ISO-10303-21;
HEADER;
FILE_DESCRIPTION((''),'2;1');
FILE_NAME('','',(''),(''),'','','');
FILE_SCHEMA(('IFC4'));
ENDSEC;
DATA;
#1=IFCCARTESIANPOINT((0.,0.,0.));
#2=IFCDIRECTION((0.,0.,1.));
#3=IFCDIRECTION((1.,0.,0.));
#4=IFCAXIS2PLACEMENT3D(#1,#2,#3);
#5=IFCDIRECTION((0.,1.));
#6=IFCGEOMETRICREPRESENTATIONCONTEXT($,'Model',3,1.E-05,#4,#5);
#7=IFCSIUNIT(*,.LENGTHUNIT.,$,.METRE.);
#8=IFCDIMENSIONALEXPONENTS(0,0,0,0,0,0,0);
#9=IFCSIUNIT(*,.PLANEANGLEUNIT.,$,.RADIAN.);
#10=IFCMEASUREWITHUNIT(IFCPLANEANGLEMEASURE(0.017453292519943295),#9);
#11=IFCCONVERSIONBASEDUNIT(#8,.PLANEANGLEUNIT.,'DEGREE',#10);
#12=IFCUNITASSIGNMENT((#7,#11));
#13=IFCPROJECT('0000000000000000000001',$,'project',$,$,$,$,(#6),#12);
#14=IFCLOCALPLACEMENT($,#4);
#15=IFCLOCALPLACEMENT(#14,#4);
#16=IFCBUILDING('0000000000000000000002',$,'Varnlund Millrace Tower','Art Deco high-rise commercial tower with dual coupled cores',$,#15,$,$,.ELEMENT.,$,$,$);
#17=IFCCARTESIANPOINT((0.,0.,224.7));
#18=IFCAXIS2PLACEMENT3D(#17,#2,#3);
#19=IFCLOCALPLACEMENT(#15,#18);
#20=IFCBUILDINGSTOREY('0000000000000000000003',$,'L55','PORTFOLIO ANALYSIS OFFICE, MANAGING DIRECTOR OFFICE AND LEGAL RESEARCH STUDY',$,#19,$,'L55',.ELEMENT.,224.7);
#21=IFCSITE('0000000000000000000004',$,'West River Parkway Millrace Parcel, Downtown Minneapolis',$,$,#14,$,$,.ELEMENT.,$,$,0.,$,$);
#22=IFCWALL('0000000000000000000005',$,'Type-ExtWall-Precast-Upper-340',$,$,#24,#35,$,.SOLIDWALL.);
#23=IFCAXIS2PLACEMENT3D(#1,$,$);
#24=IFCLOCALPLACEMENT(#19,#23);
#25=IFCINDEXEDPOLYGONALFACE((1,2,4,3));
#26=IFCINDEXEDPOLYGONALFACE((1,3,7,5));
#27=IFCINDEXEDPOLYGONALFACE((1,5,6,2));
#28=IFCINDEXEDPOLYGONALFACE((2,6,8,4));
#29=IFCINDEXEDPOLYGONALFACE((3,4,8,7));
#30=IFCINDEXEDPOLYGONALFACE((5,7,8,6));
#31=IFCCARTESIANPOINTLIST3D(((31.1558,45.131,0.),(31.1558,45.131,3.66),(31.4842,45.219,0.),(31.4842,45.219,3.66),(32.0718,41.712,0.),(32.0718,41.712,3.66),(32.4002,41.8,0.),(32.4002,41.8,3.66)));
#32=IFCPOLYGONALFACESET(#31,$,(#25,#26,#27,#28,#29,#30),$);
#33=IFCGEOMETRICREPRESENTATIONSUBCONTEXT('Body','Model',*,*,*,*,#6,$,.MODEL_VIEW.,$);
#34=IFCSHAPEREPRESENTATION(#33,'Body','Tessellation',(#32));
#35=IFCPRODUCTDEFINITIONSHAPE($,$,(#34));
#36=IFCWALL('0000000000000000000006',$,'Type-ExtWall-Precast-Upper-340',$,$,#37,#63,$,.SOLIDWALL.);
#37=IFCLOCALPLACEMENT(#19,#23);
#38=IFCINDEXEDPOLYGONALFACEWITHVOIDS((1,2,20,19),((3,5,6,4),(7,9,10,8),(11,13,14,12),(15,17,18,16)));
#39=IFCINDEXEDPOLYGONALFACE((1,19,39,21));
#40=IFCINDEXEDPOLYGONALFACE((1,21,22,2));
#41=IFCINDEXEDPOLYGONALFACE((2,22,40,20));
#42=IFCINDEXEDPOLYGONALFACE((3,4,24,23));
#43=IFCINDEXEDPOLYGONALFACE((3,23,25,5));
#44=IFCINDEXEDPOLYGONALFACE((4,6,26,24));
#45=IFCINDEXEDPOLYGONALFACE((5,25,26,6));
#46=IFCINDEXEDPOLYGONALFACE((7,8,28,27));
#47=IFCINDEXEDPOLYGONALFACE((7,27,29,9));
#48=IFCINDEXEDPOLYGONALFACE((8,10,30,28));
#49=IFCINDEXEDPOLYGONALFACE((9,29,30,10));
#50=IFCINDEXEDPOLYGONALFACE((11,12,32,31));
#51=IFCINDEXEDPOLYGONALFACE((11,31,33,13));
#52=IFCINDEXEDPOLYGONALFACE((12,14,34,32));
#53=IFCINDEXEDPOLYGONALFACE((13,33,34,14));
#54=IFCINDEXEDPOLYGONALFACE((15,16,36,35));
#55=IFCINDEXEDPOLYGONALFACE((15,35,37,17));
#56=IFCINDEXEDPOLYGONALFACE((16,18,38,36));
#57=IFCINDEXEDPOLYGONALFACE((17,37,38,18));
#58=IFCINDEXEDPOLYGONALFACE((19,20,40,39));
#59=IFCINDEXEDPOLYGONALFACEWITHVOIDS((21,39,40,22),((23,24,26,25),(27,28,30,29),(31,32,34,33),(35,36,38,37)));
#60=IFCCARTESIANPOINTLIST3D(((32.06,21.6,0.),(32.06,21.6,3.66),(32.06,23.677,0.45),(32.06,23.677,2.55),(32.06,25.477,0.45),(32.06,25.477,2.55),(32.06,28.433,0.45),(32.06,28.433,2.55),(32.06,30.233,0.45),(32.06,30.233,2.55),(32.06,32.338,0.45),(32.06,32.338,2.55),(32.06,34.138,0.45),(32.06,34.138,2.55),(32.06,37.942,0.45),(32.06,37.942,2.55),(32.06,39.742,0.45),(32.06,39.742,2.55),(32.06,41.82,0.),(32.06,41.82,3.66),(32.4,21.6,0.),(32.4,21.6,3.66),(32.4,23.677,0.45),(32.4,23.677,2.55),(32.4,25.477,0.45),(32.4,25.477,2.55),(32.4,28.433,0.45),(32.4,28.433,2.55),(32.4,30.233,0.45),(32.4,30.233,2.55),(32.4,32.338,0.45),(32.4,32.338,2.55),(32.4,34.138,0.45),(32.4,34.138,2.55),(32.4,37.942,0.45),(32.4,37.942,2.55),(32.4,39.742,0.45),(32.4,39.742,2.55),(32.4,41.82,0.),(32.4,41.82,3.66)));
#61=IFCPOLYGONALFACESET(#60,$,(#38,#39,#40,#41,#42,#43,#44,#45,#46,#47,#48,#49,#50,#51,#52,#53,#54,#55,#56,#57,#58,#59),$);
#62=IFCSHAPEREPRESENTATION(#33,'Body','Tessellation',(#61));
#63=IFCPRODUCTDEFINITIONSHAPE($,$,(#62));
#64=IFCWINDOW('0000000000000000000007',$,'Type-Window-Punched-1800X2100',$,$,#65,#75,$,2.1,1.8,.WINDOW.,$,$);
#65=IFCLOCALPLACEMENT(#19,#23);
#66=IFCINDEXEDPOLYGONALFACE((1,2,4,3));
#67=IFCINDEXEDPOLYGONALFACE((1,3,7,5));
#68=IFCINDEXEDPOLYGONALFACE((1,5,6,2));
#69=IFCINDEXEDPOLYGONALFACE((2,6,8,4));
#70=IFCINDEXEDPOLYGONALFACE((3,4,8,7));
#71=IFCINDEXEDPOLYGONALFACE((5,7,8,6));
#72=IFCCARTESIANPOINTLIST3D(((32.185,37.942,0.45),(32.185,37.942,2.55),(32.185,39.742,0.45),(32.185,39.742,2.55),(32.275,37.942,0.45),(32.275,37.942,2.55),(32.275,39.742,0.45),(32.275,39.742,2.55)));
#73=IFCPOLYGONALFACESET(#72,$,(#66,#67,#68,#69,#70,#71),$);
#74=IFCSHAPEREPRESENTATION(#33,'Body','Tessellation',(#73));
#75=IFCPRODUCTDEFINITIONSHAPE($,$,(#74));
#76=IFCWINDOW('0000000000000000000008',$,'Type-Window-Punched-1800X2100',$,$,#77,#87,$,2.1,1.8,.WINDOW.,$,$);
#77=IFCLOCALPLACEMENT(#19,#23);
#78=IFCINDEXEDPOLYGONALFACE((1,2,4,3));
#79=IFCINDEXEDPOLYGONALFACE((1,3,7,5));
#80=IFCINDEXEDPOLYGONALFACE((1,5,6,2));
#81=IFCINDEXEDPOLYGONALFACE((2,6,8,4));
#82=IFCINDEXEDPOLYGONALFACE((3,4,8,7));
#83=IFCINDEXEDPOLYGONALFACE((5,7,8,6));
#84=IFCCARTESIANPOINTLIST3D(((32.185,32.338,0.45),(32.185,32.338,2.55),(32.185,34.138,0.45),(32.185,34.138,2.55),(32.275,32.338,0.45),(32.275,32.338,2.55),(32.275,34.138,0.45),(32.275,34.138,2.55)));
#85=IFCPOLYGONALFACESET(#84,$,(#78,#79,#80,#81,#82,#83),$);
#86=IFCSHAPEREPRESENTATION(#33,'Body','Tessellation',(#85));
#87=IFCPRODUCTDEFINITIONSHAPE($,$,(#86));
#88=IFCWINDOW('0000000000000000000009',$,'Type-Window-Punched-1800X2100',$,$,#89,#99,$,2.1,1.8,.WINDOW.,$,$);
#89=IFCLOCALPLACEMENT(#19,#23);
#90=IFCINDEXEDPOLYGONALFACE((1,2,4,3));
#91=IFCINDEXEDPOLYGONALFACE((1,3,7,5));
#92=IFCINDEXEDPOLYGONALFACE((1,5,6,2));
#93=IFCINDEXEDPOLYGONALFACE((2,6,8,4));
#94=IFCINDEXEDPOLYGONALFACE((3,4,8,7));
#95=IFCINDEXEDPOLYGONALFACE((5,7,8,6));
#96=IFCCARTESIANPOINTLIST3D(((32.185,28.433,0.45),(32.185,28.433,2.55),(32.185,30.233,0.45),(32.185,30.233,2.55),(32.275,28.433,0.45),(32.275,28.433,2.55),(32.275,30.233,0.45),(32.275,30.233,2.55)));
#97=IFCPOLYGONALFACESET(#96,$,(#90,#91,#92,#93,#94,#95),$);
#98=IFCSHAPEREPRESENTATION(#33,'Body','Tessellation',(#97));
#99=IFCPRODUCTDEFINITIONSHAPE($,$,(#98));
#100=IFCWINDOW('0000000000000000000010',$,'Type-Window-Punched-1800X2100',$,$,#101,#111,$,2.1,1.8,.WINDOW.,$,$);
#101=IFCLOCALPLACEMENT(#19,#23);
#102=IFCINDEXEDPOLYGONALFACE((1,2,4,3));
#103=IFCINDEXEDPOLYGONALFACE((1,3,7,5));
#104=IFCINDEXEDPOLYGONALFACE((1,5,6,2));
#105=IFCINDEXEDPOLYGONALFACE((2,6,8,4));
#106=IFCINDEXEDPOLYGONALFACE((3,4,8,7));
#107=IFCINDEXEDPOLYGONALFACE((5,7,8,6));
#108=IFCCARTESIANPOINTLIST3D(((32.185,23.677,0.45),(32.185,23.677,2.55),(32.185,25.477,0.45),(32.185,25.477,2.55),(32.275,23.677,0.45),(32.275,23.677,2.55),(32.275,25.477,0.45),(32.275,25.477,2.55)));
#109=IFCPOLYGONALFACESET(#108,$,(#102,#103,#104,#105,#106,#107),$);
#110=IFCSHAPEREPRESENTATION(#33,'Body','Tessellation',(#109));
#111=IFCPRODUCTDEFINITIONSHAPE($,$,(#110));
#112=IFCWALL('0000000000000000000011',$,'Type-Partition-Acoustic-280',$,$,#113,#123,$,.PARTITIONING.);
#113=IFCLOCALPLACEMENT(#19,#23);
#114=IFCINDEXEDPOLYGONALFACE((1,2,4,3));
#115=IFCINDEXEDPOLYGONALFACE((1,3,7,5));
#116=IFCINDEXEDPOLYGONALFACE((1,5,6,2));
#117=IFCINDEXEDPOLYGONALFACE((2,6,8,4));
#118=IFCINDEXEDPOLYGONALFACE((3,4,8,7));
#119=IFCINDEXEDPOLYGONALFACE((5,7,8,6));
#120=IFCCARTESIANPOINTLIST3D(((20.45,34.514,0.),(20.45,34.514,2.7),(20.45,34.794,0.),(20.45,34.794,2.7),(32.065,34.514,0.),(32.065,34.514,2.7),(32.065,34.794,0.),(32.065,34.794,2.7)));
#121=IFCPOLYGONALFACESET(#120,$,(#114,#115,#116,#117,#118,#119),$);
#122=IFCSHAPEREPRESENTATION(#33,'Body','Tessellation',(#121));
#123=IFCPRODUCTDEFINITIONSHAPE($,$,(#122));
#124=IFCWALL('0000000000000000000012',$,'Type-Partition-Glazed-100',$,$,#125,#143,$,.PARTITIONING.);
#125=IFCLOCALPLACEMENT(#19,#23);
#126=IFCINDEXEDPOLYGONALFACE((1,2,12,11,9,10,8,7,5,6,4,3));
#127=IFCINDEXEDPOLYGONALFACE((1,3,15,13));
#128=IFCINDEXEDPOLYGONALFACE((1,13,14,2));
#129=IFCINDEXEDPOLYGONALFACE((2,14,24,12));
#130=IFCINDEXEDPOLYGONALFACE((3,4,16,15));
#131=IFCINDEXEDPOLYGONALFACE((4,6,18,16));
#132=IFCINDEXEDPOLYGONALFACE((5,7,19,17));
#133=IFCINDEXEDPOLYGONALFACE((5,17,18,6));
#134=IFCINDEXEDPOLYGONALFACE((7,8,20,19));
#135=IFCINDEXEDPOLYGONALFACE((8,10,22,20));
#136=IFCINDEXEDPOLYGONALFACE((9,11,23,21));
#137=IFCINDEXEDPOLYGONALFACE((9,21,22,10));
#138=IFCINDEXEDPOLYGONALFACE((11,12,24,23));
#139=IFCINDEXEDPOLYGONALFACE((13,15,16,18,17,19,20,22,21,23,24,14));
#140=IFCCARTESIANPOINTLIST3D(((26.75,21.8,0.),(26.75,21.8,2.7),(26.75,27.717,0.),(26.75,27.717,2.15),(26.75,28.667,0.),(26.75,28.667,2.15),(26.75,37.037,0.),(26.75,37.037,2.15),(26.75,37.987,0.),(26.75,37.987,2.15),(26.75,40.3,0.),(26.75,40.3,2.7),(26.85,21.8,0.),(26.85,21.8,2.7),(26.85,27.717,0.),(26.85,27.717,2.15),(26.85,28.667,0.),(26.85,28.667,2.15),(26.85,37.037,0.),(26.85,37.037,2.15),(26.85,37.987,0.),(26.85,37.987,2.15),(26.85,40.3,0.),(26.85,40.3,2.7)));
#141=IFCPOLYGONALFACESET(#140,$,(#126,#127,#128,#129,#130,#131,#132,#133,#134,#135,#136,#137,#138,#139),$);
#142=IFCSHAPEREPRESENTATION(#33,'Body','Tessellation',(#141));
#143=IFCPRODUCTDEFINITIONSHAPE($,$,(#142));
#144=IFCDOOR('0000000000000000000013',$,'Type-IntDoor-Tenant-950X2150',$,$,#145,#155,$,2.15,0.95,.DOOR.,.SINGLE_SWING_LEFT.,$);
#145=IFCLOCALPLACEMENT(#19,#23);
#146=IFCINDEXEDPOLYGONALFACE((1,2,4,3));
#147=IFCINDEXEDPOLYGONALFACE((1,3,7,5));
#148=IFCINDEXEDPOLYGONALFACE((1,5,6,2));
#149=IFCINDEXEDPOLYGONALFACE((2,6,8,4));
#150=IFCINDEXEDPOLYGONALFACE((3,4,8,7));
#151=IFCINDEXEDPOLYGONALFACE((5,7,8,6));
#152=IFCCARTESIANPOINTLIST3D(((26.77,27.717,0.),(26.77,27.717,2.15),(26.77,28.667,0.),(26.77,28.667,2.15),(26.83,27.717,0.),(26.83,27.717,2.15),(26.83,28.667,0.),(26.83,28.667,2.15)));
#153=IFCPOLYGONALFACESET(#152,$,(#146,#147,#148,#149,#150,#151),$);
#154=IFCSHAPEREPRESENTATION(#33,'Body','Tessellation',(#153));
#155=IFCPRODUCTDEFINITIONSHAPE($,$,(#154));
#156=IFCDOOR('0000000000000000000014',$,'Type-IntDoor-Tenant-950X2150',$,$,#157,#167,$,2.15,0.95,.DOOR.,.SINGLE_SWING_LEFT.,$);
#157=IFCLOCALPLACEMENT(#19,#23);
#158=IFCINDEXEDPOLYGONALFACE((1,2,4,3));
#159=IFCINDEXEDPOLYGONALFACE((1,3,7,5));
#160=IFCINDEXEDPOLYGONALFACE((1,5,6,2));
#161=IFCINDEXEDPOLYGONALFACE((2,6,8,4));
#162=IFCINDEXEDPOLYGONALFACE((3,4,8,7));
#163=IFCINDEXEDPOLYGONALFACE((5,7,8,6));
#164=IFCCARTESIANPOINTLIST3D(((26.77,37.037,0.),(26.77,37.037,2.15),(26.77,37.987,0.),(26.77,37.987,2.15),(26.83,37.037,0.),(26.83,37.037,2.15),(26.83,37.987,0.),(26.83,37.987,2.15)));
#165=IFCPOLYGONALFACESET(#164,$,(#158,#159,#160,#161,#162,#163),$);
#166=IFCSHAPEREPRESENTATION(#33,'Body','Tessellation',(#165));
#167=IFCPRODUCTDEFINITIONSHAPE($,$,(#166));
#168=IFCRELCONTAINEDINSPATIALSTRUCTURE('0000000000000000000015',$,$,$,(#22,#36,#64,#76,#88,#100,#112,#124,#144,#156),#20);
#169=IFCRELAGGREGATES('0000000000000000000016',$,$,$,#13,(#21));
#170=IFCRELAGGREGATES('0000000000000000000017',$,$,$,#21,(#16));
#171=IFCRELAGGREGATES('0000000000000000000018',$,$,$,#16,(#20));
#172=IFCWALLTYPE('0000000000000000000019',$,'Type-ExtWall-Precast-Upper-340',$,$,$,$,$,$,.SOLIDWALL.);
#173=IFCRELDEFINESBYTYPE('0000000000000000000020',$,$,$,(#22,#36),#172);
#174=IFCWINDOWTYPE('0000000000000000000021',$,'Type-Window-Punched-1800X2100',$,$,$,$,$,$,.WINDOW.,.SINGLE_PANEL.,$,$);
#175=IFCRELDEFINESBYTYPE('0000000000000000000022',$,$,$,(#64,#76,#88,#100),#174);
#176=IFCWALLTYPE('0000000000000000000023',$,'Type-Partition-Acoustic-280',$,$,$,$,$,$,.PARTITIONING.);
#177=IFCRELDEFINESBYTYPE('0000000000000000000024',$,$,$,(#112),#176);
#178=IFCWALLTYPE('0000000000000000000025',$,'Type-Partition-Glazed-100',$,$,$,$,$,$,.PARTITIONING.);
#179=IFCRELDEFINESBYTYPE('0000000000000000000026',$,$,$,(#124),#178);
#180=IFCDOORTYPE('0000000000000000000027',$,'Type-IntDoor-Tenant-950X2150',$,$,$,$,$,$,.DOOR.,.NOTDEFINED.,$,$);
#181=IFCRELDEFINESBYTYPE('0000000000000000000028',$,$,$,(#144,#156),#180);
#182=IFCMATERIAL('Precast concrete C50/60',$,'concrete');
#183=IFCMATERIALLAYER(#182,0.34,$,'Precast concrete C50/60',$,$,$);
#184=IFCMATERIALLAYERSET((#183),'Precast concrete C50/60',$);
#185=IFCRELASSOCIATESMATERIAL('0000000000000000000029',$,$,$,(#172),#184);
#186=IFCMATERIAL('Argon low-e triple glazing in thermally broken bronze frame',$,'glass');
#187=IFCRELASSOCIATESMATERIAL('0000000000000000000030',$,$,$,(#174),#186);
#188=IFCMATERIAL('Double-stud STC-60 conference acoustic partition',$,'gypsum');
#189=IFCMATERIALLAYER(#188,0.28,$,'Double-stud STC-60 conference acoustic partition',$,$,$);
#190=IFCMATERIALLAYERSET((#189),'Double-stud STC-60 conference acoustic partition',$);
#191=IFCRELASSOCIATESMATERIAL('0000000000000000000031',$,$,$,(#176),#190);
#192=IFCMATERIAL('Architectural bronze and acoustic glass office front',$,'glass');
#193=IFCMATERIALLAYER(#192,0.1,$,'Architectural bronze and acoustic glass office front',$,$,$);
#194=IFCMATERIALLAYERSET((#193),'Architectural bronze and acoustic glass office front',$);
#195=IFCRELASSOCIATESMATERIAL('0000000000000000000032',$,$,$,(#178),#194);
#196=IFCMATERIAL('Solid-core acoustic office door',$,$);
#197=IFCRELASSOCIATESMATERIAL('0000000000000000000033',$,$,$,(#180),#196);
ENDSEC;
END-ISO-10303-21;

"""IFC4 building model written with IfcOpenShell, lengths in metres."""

from ifc_helpers import new_model, entity, si_unit, converted_unit, direction, frame, origin_with_axes, origin_2d_with_axis, place, context, subcontext, project, spatial, polyline, rectangle, outline, extrude, material, layer, layer_set, type_object, element, fill, save


model = new_model("IFC4")

# Units and contexts
model_context = context("Model", 3, precision=1e-05, world=origin_with_axes(), true_north=direction((0.0, 1.0)))
body_context = subcontext(model_context, "Body", "Model", "MODEL_VIEW")
ifc_project = project(units=[si_unit("LENGTHUNIT", "METRE"), converted_unit("PLANEANGLEUNIT", "DEGREE", entity("IfcPlaneAngleMeasure", 0.017453292519943295), si_unit("PLANEANGLEUNIT", "RADIAN"), dimensions=[0, 0, 0, 0, 0, 0, 0])], contexts=[model_context])

# Site, building, storey
site_placement = place(None, origin_with_axes())
site = spatial("IfcSite", under=ifc_project, at=site_placement, Name="West River Parkway Millrace Parcel, Downtown Minneapolis", CompositionType="ELEMENT", RefElevation=0.0)
building_placement = place(site_placement, origin_with_axes())
building = spatial("IfcBuilding", under=site, at=building_placement, Name="Varnlund Millrace Tower", Description="Art Deco high-rise commercial tower with dual coupled cores", CompositionType="ELEMENT")
storey_placement = place(building_placement, frame((0.0, 0.0, 224.7), z_axis=(0.0, 0.0, 1.0), x_axis=(1.0, 0.0, 0.0)))
storey = spatial("IfcBuildingStorey", under=building, at=storey_placement, Name="L55", Description="PORTFOLIO ANALYSIS OFFICE, MANAGING DIRECTOR OFFICE AND LEGAL RESEARCH STUDY", LongName="L55", CompositionType="ELEMENT", Elevation=224.7)

# Shared definitions
ifc_material_1 = material(Name="Precast concrete C50/60", Category="concrete")
ifc_layer_1 = layer(ifc_material_1, 0.34, Name="Precast concrete C50/60")
ifc_layer_set_1 = layer_set([ifc_layer_1], Name="Precast concrete C50/60")
wall_type_1 = type_object("IfcWallType", Name="Type-ExtWall-Precast-Upper-340", PredefinedType="SOLIDWALL", material=ifc_layer_set_1)
ifc_material_2 = material(Name="Argon low-e triple glazing in thermally broken bronze frame", Category="glass")
window_type = type_object("IfcWindowType", Name="Type-Window-Punched-1800X2100", PartitioningType="SINGLE_PANEL", PredefinedType="WINDOW", material=ifc_material_2)

# Wall
wall_1_placement = place(storey_placement, frame((31.32, 45.175, 0.0), z_axis=(0.0, 0.0, 1.0), x_axis=(0.258788, -0.965934, 0.0)))
element("IfcWall", 1, at=wall_1_placement, inside=storey, type_object=wall_type_1, Name="Type-ExtWall-Precast-Upper-340", PredefinedType="SOLIDWALL", context=body_context, shape_type="SweptSolid", body=[
    extrude(outline(polyline([(0.0, -0.17), (3.5396, -0.17), (3.5396, 0.17), (0.0, 0.17), (0.0, -0.17)])), origin_with_axes(), (0.0, 0.0, 1.0), 3.66),
])

# Wall, openings, windows
wall_2_placement = place(storey_placement, frame((32.23, 41.82, 0.0), z_axis=(0.0, 0.0, 1.0), x_axis=(0.0, -1.0, 0.0)))
wall_2 = element("IfcWall", 2, at=wall_2_placement, inside=storey, type_object=wall_type_1, Name="Type-ExtWall-Precast-Upper-340", PredefinedType="SOLIDWALL", context=body_context, shape_type="SweptSolid", body=[
    extrude(outline(polyline([(0.0, -0.17), (20.22, -0.17), (20.22, 0.17), (0.0, 0.17), (0.0, -0.17)])), origin_with_axes(), (0.0, 0.0, 1.0), 3.66),
])
opening_1_placement = place(wall_2_placement, frame((2.978, 0.0, 0.45), z_axis=(0.0, 0.0, 1.0), x_axis=(1.0, 0.0, 0.0)))
opening_1 = element("IfcOpeningElement", 3, at=opening_1_placement, cuts=wall_2, PredefinedType="OPENING", context=body_context, shape_type="SweptSolid", body=[
    extrude(rectangle(XDim=1.8, YDim=0.36, at=origin_2d_with_axis()), origin_with_axes(), (0.0, 0.0, 1.0), 2.1),
])
opening_2_placement = place(wall_2_placement, frame((8.582, 0.0, 0.45), z_axis=(0.0, 0.0, 1.0), x_axis=(1.0, 0.0, 0.0)))
opening_2 = element("IfcOpeningElement", 4, at=opening_2_placement, cuts=wall_2, PredefinedType="OPENING", context=body_context, shape_type="SweptSolid", body=[
    extrude(rectangle(XDim=1.8, YDim=0.36, at=origin_2d_with_axis()), origin_with_axes(), (0.0, 0.0, 1.0), 2.1),
])
opening_3_placement = place(wall_2_placement, frame((12.487, 0.0, 0.45), z_axis=(0.0, 0.0, 1.0), x_axis=(1.0, 0.0, 0.0)))
opening_3 = element("IfcOpeningElement", 5, at=opening_3_placement, cuts=wall_2, PredefinedType="OPENING", context=body_context, shape_type="SweptSolid", body=[
    extrude(rectangle(XDim=1.8, YDim=0.36, at=origin_2d_with_axis()), origin_with_axes(), (0.0, 0.0, 1.0), 2.1),
])
opening_4_placement = place(wall_2_placement, frame((17.243, 0.0, 0.45), z_axis=(0.0, 0.0, 1.0), x_axis=(1.0, 0.0, 0.0)))
opening_4 = element("IfcOpeningElement", 6, at=opening_4_placement, cuts=wall_2, PredefinedType="OPENING", context=body_context, shape_type="SweptSolid", body=[
    extrude(rectangle(XDim=1.8, YDim=0.36, at=origin_2d_with_axis()), origin_with_axes(), (0.0, 0.0, 1.0), 2.1),
])
window_1_placement = place(wall_2_placement, frame((2.978, 0.0, 0.45), z_axis=(0.0, 0.0, 1.0), x_axis=(1.0, 0.0, 0.0)))
window_1 = element("IfcWindow", 7, at=window_1_placement, inside=storey, type_object=window_type, Name="Type-Window-Punched-1800X2100", OverallHeight=2.1, OverallWidth=1.8, PredefinedType="WINDOW", context=body_context, shape_type="SweptSolid", body=[
    extrude(rectangle(XDim=1.8, YDim=0.09, at=origin_2d_with_axis()), origin_with_axes(), (0.0, 0.0, 1.0), 2.1),
])
fill(opening_1, window_1)
window_2_placement = place(wall_2_placement, frame((8.582, 0.0, 0.45), z_axis=(0.0, 0.0, 1.0), x_axis=(1.0, 0.0, 0.0)))
window_2 = element("IfcWindow", 8, at=window_2_placement, inside=storey, type_object=window_type, Name="Type-Window-Punched-1800X2100", OverallHeight=2.1, OverallWidth=1.8, PredefinedType="WINDOW", context=body_context, shape_type="SweptSolid", body=[
    extrude(rectangle(XDim=1.8, YDim=0.09, at=origin_2d_with_axis()), origin_with_axes(), (0.0, 0.0, 1.0), 2.1),
])
fill(opening_2, window_2)
window_3_placement = place(wall_2_placement, frame((12.487, 0.0, 0.45), z_axis=(0.0, 0.0, 1.0), x_axis=(1.0, 0.0, 0.0)))
window_3 = element("IfcWindow", 9, at=window_3_placement, inside=storey, type_object=window_type, Name="Type-Window-Punched-1800X2100", OverallHeight=2.1, OverallWidth=1.8, PredefinedType="WINDOW", context=body_context, shape_type="SweptSolid", body=[
    extrude(rectangle(XDim=1.8, YDim=0.09, at=origin_2d_with_axis()), origin_with_axes(), (0.0, 0.0, 1.0), 2.1),
])
fill(opening_3, window_3)
window_4_placement = place(wall_2_placement, frame((17.243, 0.0, 0.45), z_axis=(0.0, 0.0, 1.0), x_axis=(1.0, 0.0, 0.0)))
window_4 = element("IfcWindow", 10, at=window_4_placement, inside=storey, type_object=window_type, Name="Type-Window-Punched-1800X2100", OverallHeight=2.1, OverallWidth=1.8, PredefinedType="WINDOW", context=body_context, shape_type="SweptSolid", body=[
    extrude(rectangle(XDim=1.8, YDim=0.09, at=origin_2d_with_axis()), origin_with_axes(), (0.0, 0.0, 1.0), 2.1),
])
fill(opening_4, window_4)

# Wall
ifc_material_3 = material(Name="Double-stud STC-60 conference acoustic partition", Category="gypsum")
ifc_layer_2 = layer(ifc_material_3, 0.28, Name="Double-stud STC-60 conference acoustic partition")
ifc_layer_set_2 = layer_set([ifc_layer_2], Name="Double-stud STC-60 conference acoustic partition")
wall_type_2 = type_object("IfcWallType", Name="Type-Partition-Acoustic-280", PredefinedType="PARTITIONING", material=ifc_layer_set_2)
wall_3_placement = place(storey_placement, frame((20.45, 34.654, 0.0), z_axis=(0.0, 0.0, 1.0), x_axis=(1.0, 0.0, 0.0)))
element("IfcWall", 11, at=wall_3_placement, inside=storey, type_object=wall_type_2, Name="Type-Partition-Acoustic-280", PredefinedType="PARTITIONING", context=body_context, shape_type="SweptSolid", body=[
    extrude(outline(polyline([(0.0, -0.14), (11.615, -0.14), (11.615, 0.14), (0.0, 0.14), (0.0, -0.14)])), origin_with_axes(), (0.0, 0.0, 1.0), 2.7),
])

# Wall, openings, doors
ifc_material_4 = material(Name="Architectural bronze and acoustic glass office front", Category="glass")
ifc_layer_3 = layer(ifc_material_4, 0.1, Name="Architectural bronze and acoustic glass office front")
ifc_layer_set_3 = layer_set([ifc_layer_3], Name="Architectural bronze and acoustic glass office front")
wall_type_3 = type_object("IfcWallType", Name="Type-Partition-Glazed-100", PredefinedType="PARTITIONING", material=ifc_layer_set_3)
wall_4_placement = place(storey_placement, frame((26.8, 21.8, 0.0), z_axis=(0.0, 0.0, 1.0), x_axis=(0.0, 1.0, 0.0)))
wall_4 = element("IfcWall", 12, at=wall_4_placement, inside=storey, type_object=wall_type_3, Name="Type-Partition-Glazed-100", PredefinedType="PARTITIONING", context=body_context, shape_type="SweptSolid", body=[
    extrude(outline(polyline([(0.0, -0.05), (18.5, -0.05), (18.5, 0.05), (0.0, 0.05), (0.0, -0.05)])), origin_with_axes(), (0.0, 0.0, 1.0), 2.7),
])
opening_5_placement = place(wall_4_placement, frame((6.392, 0.0, 0.0), z_axis=(0.0, 0.0, 1.0), x_axis=(1.0, 0.0, 0.0)))
opening_5 = element("IfcOpeningElement", 13, at=opening_5_placement, cuts=wall_4, PredefinedType="OPENING", context=body_context, shape_type="SweptSolid", body=[
    extrude(rectangle(XDim=0.95, YDim=0.12, at=origin_2d_with_axis()), origin_with_axes(), (0.0, 0.0, 1.0), 2.15),
])
opening_6_placement = place(wall_4_placement, frame((15.712, 0.0, 0.0), z_axis=(0.0, 0.0, 1.0), x_axis=(1.0, 0.0, 0.0)))
opening_6 = element("IfcOpeningElement", 14, at=opening_6_placement, cuts=wall_4, PredefinedType="OPENING", context=body_context, shape_type="SweptSolid", body=[
    extrude(rectangle(XDim=0.95, YDim=0.12, at=origin_2d_with_axis()), origin_with_axes(), (0.0, 0.0, 1.0), 2.15),
])
ifc_material_5 = material(Name="Solid-core acoustic office door")
door_type_1 = type_object("IfcDoorType", Name="Type-IntDoor-Tenant-950X2150", OperationType="NOTDEFINED", PredefinedType="DOOR", material=ifc_material_5)
door_1_placement = place(wall_4_placement, frame((6.392, 0.0, 0.0), z_axis=(0.0, 0.0, 1.0), x_axis=(1.0, 0.0, 0.0)))
door_1 = element("IfcDoor", 15, at=door_1_placement, inside=storey, type_object=door_type_1, Name="Type-IntDoor-Tenant-950X2150", OperationType="SINGLE_SWING_LEFT", OverallHeight=2.15, OverallWidth=0.95, PredefinedType="DOOR", context=body_context, shape_type="SweptSolid", body=[
    extrude(rectangle(XDim=0.95, YDim=0.06, at=origin_2d_with_axis()), origin_with_axes(), (0.0, 0.0, 1.0), 2.15),
])
fill(opening_5, door_1)
door_2_placement = place(wall_4_placement, frame((15.712, 0.0, 0.0), z_axis=(0.0, 0.0, 1.0), x_axis=(1.0, 0.0, 0.0)))
door_2 = element("IfcDoor", 16, at=door_2_placement, inside=storey, type_object=door_type_1, Name="Type-IntDoor-Tenant-950X2150", OperationType="SINGLE_SWING_LEFT", OverallHeight=2.15, OverallWidth=0.95, PredefinedType="DOOR", context=body_context, shape_type="SweptSolid", body=[
    extrude(rectangle(XDim=0.95, YDim=0.06, at=origin_2d_with_axis()), origin_with_axes(), (0.0, 0.0, 1.0), 2.15),
])
fill(opening_6, door_2)

save(model, "model.ifc")
